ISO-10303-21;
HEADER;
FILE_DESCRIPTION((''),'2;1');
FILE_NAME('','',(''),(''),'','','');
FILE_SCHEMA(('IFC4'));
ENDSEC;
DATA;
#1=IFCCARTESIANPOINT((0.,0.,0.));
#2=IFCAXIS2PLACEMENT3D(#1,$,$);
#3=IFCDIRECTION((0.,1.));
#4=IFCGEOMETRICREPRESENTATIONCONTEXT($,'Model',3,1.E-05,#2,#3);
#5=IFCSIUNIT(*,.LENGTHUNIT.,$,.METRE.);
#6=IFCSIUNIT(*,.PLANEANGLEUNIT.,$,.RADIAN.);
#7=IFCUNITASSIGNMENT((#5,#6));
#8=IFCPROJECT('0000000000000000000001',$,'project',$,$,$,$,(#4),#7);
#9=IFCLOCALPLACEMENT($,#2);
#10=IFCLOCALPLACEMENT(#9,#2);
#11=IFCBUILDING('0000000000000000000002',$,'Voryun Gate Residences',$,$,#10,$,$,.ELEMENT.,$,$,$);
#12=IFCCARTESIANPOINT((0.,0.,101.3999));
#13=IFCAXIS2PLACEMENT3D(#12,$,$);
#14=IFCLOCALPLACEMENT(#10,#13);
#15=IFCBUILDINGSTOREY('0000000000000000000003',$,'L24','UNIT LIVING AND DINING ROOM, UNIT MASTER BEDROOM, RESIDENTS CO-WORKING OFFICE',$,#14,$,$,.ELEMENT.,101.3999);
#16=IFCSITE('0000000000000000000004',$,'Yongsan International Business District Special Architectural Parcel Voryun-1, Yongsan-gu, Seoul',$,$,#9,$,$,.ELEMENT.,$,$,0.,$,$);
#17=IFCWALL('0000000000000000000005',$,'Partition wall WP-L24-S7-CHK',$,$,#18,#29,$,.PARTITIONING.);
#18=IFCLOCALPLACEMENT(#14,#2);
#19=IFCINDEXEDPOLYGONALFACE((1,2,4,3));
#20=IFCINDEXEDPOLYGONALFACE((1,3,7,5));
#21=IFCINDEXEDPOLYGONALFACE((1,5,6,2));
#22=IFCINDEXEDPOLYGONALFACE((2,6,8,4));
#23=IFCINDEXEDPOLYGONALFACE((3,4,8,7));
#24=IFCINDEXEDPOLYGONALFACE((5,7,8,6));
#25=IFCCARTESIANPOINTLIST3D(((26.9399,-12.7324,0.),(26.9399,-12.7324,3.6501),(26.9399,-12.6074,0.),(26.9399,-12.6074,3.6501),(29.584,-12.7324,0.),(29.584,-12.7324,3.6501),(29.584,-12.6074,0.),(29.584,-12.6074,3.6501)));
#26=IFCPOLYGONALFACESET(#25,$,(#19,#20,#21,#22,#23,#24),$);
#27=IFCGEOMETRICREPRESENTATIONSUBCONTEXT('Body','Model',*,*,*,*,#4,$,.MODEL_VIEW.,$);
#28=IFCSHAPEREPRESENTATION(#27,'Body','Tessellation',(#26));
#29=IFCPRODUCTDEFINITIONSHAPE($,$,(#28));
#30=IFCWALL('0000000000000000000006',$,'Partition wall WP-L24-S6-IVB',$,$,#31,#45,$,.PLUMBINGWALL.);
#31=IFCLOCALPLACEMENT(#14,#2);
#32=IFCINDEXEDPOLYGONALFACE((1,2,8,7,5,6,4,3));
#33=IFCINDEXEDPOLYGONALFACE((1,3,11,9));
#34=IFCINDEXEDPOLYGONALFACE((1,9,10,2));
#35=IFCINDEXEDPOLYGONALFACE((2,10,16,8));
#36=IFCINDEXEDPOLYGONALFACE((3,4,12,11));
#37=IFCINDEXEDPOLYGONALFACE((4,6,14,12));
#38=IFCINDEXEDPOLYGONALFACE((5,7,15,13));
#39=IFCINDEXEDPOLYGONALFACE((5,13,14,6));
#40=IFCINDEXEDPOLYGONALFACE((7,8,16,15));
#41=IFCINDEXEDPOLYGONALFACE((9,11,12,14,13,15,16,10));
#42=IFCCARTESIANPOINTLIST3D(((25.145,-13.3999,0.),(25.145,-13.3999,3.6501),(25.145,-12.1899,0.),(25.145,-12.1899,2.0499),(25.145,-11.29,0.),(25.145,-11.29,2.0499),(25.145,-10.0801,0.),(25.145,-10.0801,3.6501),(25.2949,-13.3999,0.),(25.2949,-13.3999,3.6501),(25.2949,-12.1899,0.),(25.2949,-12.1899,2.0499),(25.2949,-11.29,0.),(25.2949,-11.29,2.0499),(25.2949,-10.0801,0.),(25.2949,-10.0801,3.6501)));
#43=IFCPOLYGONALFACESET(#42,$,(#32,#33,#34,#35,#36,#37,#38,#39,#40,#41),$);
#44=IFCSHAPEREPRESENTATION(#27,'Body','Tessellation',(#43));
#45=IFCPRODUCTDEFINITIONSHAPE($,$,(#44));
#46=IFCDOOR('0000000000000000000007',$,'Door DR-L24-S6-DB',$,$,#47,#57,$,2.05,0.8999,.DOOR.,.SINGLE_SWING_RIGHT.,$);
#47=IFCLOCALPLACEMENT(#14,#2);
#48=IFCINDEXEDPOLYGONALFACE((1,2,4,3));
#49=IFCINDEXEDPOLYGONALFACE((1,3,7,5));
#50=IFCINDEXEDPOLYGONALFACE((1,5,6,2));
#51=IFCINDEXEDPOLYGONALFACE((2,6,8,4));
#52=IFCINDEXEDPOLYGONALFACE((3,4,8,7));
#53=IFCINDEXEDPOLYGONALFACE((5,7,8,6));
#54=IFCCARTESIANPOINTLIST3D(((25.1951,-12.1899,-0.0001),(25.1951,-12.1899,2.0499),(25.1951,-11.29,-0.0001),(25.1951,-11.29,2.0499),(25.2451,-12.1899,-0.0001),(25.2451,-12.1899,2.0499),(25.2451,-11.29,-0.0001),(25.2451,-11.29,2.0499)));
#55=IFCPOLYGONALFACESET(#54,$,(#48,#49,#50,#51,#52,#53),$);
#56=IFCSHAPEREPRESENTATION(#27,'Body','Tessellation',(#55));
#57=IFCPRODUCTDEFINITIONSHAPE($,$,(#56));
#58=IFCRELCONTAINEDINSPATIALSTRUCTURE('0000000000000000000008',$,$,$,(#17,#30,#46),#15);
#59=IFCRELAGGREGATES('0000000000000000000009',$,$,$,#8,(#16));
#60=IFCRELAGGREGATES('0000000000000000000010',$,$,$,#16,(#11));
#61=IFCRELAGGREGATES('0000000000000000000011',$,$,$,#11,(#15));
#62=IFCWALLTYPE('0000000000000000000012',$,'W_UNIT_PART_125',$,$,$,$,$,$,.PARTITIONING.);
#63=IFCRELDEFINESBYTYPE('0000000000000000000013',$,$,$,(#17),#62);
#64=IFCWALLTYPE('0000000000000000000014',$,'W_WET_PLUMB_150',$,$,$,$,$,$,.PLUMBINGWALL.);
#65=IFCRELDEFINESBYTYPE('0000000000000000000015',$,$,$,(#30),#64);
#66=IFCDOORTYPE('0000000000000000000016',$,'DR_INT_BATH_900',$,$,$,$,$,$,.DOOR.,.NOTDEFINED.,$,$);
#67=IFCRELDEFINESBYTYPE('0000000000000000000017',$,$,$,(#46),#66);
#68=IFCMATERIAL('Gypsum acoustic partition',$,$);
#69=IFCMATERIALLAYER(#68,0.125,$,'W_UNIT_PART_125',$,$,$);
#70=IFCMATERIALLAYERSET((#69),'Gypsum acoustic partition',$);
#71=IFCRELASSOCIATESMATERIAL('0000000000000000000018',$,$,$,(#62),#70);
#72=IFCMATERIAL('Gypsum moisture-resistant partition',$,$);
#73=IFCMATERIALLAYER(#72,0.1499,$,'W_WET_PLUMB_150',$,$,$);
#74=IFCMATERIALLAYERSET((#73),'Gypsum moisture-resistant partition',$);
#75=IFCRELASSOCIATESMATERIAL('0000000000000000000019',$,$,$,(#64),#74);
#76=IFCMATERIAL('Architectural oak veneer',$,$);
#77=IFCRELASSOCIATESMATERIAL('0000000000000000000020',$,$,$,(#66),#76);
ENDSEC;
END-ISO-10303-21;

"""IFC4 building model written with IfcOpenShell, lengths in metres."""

from ifc_helpers import new_model, si_unit, direction, frame, frame_2d, origin, place, context, subcontext, project, spatial, rectangle, extrude, material, layer, layer_set, type_object, element, fill, save


model = new_model("IFC4")

# Units and contexts
model_context = context("Model", 3, precision=1e-05, world=origin(), true_north=direction((0.0, 1.0)))
body_context = subcontext(model_context, "Body", "Model", "MODEL_VIEW")
ifc_project = project(units=[si_unit("LENGTHUNIT", "METRE"), si_unit("PLANEANGLEUNIT", "RADIAN")], contexts=[model_context])

# Site, building, storey
site_placement = place(None, origin())
site = spatial("IfcSite", under=ifc_project, at=site_placement, Name="Yongsan International Business District Special Architectural Parcel Voryun-1, Yongsan-gu, Seoul", CompositionType="ELEMENT", RefElevation=0.0)
building_placement = place(site_placement, origin())
building = spatial("IfcBuilding", under=site, at=building_placement, Name="Voryun Gate Residences", CompositionType="ELEMENT")
storey_placement = place(building_placement, frame((0.0, 0.0, 101.3999)))
storey = spatial("IfcBuildingStorey", under=building, at=storey_placement, Name="L24", Description="UNIT LIVING AND DINING ROOM, UNIT MASTER BEDROOM, RESIDENTS CO-WORKING OFFICE", CompositionType="ELEMENT", Elevation=101.3999)

# Wall
ifc_material_1 = material(Name="Gypsum acoustic partition")
ifc_layer_1 = layer(ifc_material_1, 0.125, Name="W_UNIT_PART_125")
ifc_layer_set_1 = layer_set([ifc_layer_1], Name="Gypsum acoustic partition")
wall_type_1 = type_object("IfcWallType", Name="W_UNIT_PART_125", PredefinedType="PARTITIONING", material=ifc_layer_set_1)
wall_1_placement = place(storey_placement, frame((26.9399, -12.6699, 0.0), z_axis=(0.0, 0.0, 1.0), x_axis=(1.0, 0.0, 0.0)))
element("IfcWall", 1, at=wall_1_placement, inside=storey, type_object=wall_type_1, Name="Partition wall WP-L24-S7-CHK", PredefinedType="PARTITIONING", context=body_context, shape_type="SweptSolid", body=[
    extrude(rectangle(XDim=2.644, YDim=0.125, at=frame_2d((1.322, 0.0))), origin(), (0.0, 0.0, 1.0), 3.6501),
])

# Wall, opening, door
ifc_material_2 = material(Name="Gypsum moisture-resistant partition")
ifc_layer_2 = layer(ifc_material_2, 0.1499, Name="W_WET_PLUMB_150")
ifc_layer_set_2 = layer_set([ifc_layer_2], Name="Gypsum moisture-resistant partition")
wall_type_2 = type_object("IfcWallType", Name="W_WET_PLUMB_150", PredefinedType="PLUMBINGWALL", material=ifc_layer_set_2)
wall_2_placement = place(storey_placement, frame((25.22, -13.3999, 0.0), z_axis=(0.0, 0.0, 1.0), x_axis=(0.0, 1.0, 0.0)))
wall_2 = element("IfcWall", 2, at=wall_2_placement, inside=storey, type_object=wall_type_2, Name="Partition wall WP-L24-S6-IVB", PredefinedType="PLUMBINGWALL", context=body_context, shape_type="SweptSolid", body=[
    extrude(rectangle(XDim=3.3198, YDim=0.1499, at=frame_2d((1.6599, 0.0))), origin(), (0.0, 0.0, 1.0), 3.6501),
])
opening_1_placement = place(wall_2_placement, frame((1.21, 0.0, 0.0)))
opening_1 = element("IfcOpeningElement", 3, at=opening_1_placement, cuts=wall_2, PredefinedType="OPENING", context=body_context, shape_type="SweptSolid", body=[
    extrude(rectangle(XDim=0.8999, YDim=2.05, at=frame_2d((0.45, 1.0249))), frame((0.0, 0.085, 0.0), z_axis=(0.0, -1.0, 0.0), x_axis=(1.0, 0.0, 0.0)), (0.0, 0.0, 1.0), 0.1699),
])
ifc_material_3 = material(Name="Architectural oak veneer")
door_type = type_object("IfcDoorType", Name="DR_INT_BATH_900", OperationType="NOTDEFINED", PredefinedType="DOOR", material=ifc_material_3)
door_placement = place(opening_1_placement, origin())
door = element("IfcDoor", 4, at=door_placement, inside=storey, type_object=door_type, Name="Door DR-L24-S6-DB", OperationType="SINGLE_SWING_RIGHT", OverallHeight=2.05, OverallWidth=0.8999, PredefinedType="DOOR", context=body_context, shape_type="SweptSolid", body=[
    extrude(rectangle(XDim=0.8999, YDim=2.05, at=frame_2d((0.45, 1.0249))), frame((0.0, 0.0249, 0.0), z_axis=(0.0, -1.0, 0.0), x_axis=(1.0, 0.0, 0.0)), (0.0, 0.0, 1.0), 0.05),
])
fill(opening_1, door)

save(model, "model.ifc")
